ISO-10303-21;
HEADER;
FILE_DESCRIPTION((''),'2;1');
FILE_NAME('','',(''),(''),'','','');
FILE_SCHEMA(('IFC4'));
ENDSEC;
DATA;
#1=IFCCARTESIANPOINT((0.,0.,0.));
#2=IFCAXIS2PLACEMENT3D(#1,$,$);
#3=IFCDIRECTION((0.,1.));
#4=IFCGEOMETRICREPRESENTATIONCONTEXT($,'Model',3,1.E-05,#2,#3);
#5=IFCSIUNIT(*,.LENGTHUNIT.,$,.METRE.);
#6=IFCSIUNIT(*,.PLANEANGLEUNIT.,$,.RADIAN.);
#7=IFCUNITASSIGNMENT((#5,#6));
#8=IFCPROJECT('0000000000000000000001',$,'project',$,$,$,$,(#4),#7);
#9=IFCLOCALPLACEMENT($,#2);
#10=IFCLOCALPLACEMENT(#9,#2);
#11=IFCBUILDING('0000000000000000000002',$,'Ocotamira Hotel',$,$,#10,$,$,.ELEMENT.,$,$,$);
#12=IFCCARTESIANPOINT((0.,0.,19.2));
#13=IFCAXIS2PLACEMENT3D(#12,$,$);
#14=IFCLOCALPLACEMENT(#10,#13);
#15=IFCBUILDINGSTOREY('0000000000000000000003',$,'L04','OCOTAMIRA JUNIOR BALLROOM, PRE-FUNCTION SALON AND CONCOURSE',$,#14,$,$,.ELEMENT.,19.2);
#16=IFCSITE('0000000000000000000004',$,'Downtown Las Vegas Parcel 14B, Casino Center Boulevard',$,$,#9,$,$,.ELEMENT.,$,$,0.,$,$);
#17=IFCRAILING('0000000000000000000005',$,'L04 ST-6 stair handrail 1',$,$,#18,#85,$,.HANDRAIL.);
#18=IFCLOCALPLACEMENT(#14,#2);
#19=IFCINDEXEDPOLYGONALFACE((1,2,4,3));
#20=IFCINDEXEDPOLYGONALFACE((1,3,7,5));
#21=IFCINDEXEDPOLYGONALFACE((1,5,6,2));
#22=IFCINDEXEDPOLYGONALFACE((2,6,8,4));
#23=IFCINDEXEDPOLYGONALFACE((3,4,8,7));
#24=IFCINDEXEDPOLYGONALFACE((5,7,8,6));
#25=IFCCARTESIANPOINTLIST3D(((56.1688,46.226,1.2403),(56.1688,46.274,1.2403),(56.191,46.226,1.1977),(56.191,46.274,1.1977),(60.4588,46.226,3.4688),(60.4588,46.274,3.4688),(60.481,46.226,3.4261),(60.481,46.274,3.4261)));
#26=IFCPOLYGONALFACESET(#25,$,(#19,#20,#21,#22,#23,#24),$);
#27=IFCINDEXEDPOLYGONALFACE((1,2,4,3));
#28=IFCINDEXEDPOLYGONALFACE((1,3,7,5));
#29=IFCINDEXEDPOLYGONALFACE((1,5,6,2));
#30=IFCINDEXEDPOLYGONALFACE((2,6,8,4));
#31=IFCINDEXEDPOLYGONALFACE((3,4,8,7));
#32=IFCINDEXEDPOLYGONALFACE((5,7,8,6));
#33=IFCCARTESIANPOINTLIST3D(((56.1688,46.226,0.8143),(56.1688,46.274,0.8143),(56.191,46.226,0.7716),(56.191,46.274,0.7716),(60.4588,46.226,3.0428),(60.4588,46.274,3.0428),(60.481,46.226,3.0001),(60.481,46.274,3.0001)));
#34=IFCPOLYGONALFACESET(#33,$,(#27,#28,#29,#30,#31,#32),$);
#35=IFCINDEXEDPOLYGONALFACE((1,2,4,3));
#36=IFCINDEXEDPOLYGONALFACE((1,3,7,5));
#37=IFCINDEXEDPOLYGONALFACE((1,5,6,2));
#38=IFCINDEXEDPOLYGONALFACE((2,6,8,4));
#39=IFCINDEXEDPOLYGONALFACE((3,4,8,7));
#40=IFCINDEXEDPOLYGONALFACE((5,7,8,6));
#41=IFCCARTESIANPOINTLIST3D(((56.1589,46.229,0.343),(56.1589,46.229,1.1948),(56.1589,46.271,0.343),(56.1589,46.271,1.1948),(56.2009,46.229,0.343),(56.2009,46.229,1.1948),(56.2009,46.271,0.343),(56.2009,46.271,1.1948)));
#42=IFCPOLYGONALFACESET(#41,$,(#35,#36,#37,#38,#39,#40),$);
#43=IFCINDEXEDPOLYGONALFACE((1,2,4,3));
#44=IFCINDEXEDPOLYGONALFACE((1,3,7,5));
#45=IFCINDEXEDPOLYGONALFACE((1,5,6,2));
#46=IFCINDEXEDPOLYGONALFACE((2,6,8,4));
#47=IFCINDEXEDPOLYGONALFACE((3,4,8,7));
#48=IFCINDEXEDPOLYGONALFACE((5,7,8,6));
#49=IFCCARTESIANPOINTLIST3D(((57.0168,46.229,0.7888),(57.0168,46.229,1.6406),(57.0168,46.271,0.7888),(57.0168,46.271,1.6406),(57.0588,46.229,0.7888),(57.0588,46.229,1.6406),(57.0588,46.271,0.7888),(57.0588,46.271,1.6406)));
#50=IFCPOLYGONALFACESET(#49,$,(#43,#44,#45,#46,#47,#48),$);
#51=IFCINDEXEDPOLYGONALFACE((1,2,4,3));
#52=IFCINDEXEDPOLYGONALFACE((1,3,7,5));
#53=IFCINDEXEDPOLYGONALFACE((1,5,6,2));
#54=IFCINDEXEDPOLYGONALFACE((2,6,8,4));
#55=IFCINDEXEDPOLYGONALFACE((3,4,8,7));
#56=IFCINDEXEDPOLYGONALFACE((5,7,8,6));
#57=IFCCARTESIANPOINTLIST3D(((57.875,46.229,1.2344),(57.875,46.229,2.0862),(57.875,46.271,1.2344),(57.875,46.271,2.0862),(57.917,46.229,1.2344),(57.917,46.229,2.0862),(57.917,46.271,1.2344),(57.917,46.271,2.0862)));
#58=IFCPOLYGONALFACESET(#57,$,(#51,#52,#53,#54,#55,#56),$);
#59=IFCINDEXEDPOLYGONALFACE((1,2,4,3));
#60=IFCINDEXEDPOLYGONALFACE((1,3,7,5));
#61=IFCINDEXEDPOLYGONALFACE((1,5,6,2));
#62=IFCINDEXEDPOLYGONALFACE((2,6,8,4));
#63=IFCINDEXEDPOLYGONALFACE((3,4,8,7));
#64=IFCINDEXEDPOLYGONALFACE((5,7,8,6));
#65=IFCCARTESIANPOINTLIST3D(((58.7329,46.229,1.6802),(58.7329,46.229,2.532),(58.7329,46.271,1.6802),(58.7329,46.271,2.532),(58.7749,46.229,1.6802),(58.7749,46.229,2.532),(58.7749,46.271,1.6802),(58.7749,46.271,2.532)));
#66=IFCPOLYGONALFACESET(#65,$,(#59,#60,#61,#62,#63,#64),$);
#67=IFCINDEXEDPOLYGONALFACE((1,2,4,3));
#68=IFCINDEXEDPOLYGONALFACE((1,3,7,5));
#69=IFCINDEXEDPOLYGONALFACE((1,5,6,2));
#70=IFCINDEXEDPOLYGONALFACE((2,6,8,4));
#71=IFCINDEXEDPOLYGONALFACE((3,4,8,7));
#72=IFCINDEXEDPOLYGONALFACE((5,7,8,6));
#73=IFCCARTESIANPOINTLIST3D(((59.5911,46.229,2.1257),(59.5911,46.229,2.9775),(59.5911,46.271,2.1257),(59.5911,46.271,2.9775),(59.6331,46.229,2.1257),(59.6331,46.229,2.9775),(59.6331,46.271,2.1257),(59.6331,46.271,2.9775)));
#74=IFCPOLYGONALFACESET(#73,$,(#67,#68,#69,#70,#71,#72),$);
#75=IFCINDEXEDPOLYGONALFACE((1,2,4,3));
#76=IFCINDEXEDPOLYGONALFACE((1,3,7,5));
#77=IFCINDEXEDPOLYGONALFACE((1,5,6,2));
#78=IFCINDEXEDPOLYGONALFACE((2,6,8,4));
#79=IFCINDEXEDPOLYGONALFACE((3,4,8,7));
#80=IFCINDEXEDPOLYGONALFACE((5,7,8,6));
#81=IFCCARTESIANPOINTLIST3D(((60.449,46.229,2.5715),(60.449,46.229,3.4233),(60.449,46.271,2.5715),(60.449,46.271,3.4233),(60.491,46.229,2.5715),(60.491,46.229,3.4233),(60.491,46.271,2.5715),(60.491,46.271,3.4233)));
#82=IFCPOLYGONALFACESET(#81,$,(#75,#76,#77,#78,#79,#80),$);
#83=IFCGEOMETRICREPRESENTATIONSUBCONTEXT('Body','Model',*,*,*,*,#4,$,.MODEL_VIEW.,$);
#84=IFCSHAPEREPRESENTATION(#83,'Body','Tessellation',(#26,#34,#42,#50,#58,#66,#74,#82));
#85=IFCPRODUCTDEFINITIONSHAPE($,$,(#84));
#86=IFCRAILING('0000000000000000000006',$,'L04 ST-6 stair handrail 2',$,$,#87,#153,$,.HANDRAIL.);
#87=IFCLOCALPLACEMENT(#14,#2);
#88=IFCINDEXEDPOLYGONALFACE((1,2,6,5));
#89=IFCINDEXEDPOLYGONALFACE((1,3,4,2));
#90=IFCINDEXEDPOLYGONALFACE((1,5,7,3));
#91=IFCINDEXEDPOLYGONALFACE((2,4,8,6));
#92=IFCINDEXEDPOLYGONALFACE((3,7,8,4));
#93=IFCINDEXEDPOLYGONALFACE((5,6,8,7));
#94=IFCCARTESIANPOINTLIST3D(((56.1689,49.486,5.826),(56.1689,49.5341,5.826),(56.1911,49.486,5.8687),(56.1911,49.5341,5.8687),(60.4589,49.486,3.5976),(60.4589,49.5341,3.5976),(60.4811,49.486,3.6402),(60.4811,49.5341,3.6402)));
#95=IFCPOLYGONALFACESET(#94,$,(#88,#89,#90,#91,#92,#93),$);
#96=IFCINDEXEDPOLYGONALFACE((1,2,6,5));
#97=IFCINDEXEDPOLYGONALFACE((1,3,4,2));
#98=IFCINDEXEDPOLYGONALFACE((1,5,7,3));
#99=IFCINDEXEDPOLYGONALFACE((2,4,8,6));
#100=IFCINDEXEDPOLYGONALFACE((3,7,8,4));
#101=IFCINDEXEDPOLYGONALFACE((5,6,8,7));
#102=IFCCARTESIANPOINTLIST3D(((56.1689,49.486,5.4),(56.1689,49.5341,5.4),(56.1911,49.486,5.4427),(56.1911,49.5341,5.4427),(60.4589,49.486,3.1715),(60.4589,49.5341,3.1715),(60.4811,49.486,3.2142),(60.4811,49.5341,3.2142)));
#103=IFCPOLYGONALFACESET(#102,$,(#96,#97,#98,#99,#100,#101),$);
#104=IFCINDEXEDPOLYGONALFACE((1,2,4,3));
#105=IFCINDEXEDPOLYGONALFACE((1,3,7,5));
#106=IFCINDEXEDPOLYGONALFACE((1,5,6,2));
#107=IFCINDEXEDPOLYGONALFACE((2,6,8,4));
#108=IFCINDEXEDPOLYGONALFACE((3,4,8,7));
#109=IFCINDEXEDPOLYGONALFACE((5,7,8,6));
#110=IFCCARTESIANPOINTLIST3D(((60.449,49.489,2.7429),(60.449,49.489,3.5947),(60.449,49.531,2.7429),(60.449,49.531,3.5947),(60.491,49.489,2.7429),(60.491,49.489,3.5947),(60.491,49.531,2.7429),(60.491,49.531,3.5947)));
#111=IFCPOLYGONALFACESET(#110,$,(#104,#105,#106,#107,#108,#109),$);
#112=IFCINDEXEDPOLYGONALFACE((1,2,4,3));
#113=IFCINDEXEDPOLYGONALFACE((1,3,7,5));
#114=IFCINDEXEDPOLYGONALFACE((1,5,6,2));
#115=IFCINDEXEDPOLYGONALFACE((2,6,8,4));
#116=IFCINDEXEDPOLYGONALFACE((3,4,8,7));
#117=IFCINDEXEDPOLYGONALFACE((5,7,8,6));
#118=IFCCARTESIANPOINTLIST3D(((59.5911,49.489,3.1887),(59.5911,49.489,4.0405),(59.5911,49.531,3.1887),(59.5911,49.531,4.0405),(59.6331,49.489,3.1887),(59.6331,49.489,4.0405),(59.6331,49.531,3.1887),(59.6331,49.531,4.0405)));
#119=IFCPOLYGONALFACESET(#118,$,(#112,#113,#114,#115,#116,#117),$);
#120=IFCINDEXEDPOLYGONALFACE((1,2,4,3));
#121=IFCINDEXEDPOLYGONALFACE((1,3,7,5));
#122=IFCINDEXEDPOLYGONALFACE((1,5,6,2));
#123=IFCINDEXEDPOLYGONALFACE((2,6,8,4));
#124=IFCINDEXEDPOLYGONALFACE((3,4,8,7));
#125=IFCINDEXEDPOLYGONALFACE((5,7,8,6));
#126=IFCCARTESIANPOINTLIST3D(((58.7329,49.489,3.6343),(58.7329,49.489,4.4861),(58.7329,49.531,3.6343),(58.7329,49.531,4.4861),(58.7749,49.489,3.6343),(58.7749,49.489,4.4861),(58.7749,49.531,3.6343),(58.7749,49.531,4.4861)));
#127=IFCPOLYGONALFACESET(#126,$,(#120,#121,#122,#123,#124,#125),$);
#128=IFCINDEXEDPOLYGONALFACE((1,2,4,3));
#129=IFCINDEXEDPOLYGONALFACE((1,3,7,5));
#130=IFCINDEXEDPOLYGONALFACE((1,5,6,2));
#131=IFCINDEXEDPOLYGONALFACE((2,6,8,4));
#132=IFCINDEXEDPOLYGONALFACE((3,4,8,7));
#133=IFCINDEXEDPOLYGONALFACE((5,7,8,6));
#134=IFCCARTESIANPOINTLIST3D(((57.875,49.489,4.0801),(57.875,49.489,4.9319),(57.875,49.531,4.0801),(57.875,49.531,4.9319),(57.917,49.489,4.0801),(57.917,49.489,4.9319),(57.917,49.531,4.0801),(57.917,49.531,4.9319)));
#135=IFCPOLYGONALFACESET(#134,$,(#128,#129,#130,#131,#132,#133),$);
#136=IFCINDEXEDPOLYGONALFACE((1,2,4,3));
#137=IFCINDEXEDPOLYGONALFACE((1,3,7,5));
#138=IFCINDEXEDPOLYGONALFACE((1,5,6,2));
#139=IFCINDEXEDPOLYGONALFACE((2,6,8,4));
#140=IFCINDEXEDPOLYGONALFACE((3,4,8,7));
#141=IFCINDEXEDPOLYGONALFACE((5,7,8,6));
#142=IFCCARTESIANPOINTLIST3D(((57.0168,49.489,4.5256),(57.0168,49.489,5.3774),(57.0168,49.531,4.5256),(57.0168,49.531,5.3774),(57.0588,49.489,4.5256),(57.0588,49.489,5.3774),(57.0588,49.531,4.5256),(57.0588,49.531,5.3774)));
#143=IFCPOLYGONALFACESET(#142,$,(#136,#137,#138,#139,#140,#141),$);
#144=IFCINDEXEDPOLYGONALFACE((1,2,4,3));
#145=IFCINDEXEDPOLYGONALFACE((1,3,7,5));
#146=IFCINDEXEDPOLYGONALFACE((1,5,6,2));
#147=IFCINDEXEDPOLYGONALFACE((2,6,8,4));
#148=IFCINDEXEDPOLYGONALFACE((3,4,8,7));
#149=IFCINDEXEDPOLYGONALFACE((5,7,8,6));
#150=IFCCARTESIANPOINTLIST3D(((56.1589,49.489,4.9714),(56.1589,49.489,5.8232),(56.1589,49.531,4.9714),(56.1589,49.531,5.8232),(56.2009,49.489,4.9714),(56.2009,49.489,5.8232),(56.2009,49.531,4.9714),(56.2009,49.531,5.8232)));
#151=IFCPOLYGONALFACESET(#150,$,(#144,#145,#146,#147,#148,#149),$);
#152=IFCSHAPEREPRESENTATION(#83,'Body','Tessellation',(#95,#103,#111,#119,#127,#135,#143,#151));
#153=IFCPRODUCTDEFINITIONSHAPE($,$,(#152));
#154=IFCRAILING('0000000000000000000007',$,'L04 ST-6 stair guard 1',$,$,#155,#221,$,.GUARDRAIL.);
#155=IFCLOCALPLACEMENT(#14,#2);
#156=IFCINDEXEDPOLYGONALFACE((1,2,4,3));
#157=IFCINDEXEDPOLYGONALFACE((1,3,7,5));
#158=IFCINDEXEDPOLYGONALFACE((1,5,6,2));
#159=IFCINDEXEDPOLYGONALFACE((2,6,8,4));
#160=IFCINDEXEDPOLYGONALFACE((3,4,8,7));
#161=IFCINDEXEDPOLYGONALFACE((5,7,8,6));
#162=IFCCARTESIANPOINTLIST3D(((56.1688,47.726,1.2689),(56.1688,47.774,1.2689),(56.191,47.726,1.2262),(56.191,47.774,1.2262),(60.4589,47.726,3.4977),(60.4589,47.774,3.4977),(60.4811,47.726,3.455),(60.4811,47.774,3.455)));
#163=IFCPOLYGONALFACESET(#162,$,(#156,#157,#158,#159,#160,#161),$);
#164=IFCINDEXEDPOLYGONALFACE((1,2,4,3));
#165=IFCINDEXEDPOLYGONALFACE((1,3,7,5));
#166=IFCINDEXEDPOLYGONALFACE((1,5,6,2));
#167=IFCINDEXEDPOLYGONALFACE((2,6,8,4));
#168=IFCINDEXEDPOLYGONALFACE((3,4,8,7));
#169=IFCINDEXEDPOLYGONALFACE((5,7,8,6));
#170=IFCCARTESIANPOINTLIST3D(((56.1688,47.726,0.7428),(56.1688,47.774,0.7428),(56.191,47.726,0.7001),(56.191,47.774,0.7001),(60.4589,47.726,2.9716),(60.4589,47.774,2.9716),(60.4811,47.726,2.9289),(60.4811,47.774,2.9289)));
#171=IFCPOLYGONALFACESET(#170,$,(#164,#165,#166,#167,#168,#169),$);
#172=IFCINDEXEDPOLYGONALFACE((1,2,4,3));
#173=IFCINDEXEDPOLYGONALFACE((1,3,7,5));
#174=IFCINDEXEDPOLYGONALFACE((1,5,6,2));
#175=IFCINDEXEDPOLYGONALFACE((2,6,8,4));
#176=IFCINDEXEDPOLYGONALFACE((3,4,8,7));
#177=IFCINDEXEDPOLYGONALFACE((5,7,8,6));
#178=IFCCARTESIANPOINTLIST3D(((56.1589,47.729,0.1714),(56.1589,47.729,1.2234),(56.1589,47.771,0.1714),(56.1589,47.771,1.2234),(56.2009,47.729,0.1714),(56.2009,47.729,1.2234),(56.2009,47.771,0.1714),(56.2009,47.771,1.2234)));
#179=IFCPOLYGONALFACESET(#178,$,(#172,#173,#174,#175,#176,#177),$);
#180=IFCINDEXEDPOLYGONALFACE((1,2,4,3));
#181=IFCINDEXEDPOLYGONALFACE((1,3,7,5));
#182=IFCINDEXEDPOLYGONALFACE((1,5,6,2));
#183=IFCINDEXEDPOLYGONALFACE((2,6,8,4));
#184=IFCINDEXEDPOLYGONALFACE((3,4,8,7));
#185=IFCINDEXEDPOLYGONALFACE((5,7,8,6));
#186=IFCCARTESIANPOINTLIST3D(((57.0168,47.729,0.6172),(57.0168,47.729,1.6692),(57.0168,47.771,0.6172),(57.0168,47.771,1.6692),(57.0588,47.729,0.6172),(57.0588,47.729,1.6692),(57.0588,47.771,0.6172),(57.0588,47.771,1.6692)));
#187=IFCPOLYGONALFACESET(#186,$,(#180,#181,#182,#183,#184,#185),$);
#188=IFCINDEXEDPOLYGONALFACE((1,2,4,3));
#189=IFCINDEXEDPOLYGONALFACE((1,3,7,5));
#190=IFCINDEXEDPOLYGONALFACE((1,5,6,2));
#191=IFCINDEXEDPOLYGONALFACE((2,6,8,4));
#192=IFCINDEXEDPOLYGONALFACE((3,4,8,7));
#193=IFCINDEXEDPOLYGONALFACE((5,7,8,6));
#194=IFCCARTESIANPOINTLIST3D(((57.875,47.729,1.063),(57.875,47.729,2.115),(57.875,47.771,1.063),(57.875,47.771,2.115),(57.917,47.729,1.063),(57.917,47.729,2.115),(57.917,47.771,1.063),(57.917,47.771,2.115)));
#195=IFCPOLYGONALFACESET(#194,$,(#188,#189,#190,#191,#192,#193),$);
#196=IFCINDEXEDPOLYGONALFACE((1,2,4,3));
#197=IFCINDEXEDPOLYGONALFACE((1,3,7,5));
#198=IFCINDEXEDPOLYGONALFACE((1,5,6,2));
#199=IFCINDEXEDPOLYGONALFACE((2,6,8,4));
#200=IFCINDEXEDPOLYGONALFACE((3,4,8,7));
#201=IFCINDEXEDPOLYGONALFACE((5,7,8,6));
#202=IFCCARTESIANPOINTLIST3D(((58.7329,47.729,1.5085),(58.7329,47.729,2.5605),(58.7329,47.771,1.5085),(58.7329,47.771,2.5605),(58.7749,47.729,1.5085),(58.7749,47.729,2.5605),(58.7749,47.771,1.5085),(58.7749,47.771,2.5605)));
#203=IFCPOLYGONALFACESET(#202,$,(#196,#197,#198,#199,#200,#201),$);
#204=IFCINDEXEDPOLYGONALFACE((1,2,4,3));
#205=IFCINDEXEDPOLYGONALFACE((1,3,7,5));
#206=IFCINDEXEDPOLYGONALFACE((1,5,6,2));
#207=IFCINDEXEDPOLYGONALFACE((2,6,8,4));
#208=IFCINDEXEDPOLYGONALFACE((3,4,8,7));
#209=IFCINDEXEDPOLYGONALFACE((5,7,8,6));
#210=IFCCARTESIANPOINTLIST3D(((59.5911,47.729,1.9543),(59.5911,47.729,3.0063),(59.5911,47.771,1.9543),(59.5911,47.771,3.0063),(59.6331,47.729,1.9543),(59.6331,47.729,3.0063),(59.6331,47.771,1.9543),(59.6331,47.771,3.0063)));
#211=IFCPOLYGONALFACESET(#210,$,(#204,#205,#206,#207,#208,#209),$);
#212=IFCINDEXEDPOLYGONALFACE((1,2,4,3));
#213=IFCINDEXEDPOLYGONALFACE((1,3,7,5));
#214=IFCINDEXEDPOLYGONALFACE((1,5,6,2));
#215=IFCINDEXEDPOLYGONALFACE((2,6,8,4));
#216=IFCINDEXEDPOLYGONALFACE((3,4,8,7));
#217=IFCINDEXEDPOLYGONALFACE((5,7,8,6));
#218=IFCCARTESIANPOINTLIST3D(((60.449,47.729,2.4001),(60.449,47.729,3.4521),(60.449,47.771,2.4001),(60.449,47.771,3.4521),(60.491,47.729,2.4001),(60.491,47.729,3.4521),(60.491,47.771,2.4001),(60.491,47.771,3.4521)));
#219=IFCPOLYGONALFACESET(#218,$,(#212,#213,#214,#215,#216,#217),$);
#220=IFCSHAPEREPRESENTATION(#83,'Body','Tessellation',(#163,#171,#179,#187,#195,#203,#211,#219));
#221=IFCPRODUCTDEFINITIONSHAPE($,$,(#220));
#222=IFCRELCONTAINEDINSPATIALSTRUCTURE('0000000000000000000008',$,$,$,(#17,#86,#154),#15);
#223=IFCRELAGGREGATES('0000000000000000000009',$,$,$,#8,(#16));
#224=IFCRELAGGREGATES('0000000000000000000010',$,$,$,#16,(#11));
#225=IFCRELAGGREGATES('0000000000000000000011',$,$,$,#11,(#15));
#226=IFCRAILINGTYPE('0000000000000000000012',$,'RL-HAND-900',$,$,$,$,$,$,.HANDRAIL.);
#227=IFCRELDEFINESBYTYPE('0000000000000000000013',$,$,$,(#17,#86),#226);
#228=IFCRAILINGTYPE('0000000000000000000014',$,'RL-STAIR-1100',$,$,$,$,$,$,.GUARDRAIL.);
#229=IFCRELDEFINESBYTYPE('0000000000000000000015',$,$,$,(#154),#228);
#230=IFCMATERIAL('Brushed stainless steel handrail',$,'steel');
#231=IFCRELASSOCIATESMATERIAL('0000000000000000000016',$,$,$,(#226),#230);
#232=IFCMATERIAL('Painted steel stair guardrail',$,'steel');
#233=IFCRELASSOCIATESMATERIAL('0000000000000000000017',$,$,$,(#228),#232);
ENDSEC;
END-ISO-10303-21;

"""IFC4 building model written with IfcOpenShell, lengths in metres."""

from ifc_helpers import new_model, si_unit, direction, frame, origin, origin_2d, place, context, subcontext, project, spatial, rectangle, extrude, material, type_object, element, save


model = new_model("IFC4")

# Units and contexts
model_context = context("Model", 3, precision=1e-05, world=origin(), true_north=direction((0.0, 1.0)))
body_context = subcontext(model_context, "Body", "Model", "MODEL_VIEW")
ifc_project = project(units=[si_unit("LENGTHUNIT", "METRE"), si_unit("PLANEANGLEUNIT", "RADIAN")], contexts=[model_context])

# Site, building, storey
site_placement = place(None, origin())
site = spatial("IfcSite", under=ifc_project, at=site_placement, Name="Downtown Las Vegas Parcel 14B, Casino Center Boulevard", CompositionType="ELEMENT", RefElevation=0.0)
building_placement = place(site_placement, origin())
building = spatial("IfcBuilding", under=site, at=building_placement, Name="Ocotamira Hotel", CompositionType="ELEMENT")
storey_placement = place(building_placement, frame((0.0, 0.0, 19.2)))
storey = spatial("IfcBuildingStorey", under=building, at=storey_placement, Name="L04", Description="OCOTAMIRA JUNIOR BALLROOM, PRE-FUNCTION SALON AND CONCOURSE", CompositionType="ELEMENT", Elevation=19.2)

# Railings
ifc_material_1 = material(Name="Brushed stainless steel handrail", Category="steel")
railing_type_1 = type_object("IfcRailingType", Name="RL-HAND-900", PredefinedType="HANDRAIL", material=ifc_material_1)
railing_1_placement = place(storey_placement, frame((56.1799, 46.25, 0.343)))
element("IfcRailing", 1, at=railing_1_placement, inside=storey, type_object=railing_type_1, Name="L04 ST-6 stair handrail 1", PredefinedType="HANDRAIL", context=body_context, shape_type="SweptSolid", body=[
    extrude(rectangle(XDim=0.0481, YDim=0.0481, at=origin_2d()), frame((0.0, 0.0, 0.876), z_axis=(0.887412, 0.0, 0.460977), x_axis=(0.0, 1.0, 0.0)), (0.0, 0.0, 1.0), 4.8342),
    extrude(rectangle(XDim=0.0481, YDim=0.0481, at=origin_2d()), frame((0.0, 0.0, 0.45), z_axis=(0.887412, 0.0, 0.460977), x_axis=(0.0, 1.0, 0.0)), (0.0, 0.0, 1.0), 4.8342),
    extrude(rectangle(XDim=0.042, YDim=0.042, at=origin_2d()), origin(), (0.0, 0.0, 1.0), 0.8518),
    extrude(rectangle(XDim=0.042, YDim=0.042, at=origin_2d()), frame((0.8579, 0.0, 0.4458)), (0.0, 0.0, 1.0), 0.8518),
    extrude(rectangle(XDim=0.042, YDim=0.042, at=origin_2d()), frame((1.7161, 0.0, 0.8914)), (0.0, 0.0, 1.0), 0.8518),
    extrude(rectangle(XDim=0.042, YDim=0.042, at=origin_2d()), frame((2.574, 0.0, 1.3372)), (0.0, 0.0, 1.0), 0.8518),
    extrude(rectangle(XDim=0.042, YDim=0.042, at=origin_2d()), frame((3.4321, 0.0, 1.7827)), (0.0, 0.0, 1.0), 0.8518),
    extrude(rectangle(XDim=0.042, YDim=0.042, at=origin_2d()), frame((4.29, 0.0, 2.2285)), (0.0, 0.0, 1.0), 0.8518),
])
railing_2_placement = place(storey_placement, frame((60.47, 49.51, 2.7429)))
element("IfcRailing", 2, at=railing_2_placement, inside=storey, type_object=railing_type_1, Name="L04 ST-6 stair handrail 2", PredefinedType="HANDRAIL", context=body_context, shape_type="SweptSolid", body=[
    extrude(rectangle(XDim=0.0481, YDim=0.0481, at=origin_2d()), frame((0.0, 0.0, 0.876), z_axis=(-0.887412, 0.0, 0.460977), x_axis=(0.0, -1.0, 0.0)), (0.0, 0.0, 1.0), 4.8342),
    extrude(rectangle(XDim=0.0481, YDim=0.0481, at=origin_2d()), frame((0.0, 0.0, 0.45), z_axis=(-0.887412, 0.0, 0.460977), x_axis=(0.0, -1.0, 0.0)), (0.0, 0.0, 1.0), 4.8342),
    extrude(rectangle(XDim=0.042, YDim=0.042, at=origin_2d()), origin(), (0.0, 0.0, 1.0), 0.8518),
    extrude(rectangle(XDim=0.042, YDim=0.042, at=origin_2d()), frame((-0.8579, 0.0, 0.4458)), (0.0, 0.0, 1.0), 0.8518),
    extrude(rectangle(XDim=0.042, YDim=0.042, at=origin_2d()), frame((-1.7161, 0.0, 0.8914)), (0.0, 0.0, 1.0), 0.8518),
    extrude(rectangle(XDim=0.042, YDim=0.042, at=origin_2d()), frame((-2.574, 0.0, 1.3372)), (0.0, 0.0, 1.0), 0.8518),
    extrude(rectangle(XDim=0.042, YDim=0.042, at=origin_2d()), frame((-3.4321, 0.0, 1.7827)), (0.0, 0.0, 1.0), 0.8518),
    extrude(rectangle(XDim=0.042, YDim=0.042, at=origin_2d()), frame((-4.29, 0.0, 2.2285)), (0.0, 0.0, 1.0), 0.8518),
])
ifc_material_2 = material(Name="Painted steel stair guardrail", Category="steel")
railing_type_2 = type_object("IfcRailingType", Name="RL-STAIR-1100", PredefinedType="GUARDRAIL", material=ifc_material_2)
railing_3_placement = place(storey_placement, frame((56.1799, 47.75, 0.1714)))
element("IfcRailing", 3, at=railing_3_placement, inside=storey, type_object=railing_type_2, Name="L04 ST-6 stair guard 1", PredefinedType="GUARDRAIL", context=body_context, shape_type="SweptSolid", body=[
    extrude(rectangle(XDim=0.0481, YDim=0.0481, at=origin_2d()), frame((0.0, 0.0, 1.0762), z_axis=(0.887391, 0.0, 0.461017), x_axis=(0.0, 1.0, 0.0)), (0.0, 0.0, 1.0), 4.8345),
    extrude(rectangle(XDim=0.0481, YDim=0.0481, at=origin_2d()), frame((0.0, 0.0, 0.55), z_axis=(0.887391, 0.0, 0.461017), x_axis=(0.0, 1.0, 0.0)), (0.0, 0.0, 1.0), 4.8345),
    extrude(rectangle(XDim=0.042, YDim=0.042, at=origin_2d()), origin(), (0.0, 0.0, 1.0), 1.052),
    extrude(rectangle(XDim=0.042, YDim=0.042, at=origin_2d()), frame((0.8579, 0.0, 0.4458)), (0.0, 0.0, 1.0), 1.052),
    extrude(rectangle(XDim=0.042, YDim=0.042, at=origin_2d()), frame((1.7161, 0.0, 0.8916)), (0.0, 0.0, 1.0), 1.052),
    extrude(rectangle(XDim=0.042, YDim=0.042, at=origin_2d()), frame((2.574, 0.0, 1.3372)), (0.0, 0.0, 1.0), 1.052),
    extrude(rectangle(XDim=0.042, YDim=0.042, at=origin_2d()), frame((3.4321, 0.0, 1.783)), (0.0, 0.0, 1.0), 1.052),
    extrude(rectangle(XDim=0.042, YDim=0.042, at=origin_2d()), frame((4.29, 0.0, 2.2288)), (0.0, 0.0, 1.0), 1.052),
])

save(model, "model.ifc")
